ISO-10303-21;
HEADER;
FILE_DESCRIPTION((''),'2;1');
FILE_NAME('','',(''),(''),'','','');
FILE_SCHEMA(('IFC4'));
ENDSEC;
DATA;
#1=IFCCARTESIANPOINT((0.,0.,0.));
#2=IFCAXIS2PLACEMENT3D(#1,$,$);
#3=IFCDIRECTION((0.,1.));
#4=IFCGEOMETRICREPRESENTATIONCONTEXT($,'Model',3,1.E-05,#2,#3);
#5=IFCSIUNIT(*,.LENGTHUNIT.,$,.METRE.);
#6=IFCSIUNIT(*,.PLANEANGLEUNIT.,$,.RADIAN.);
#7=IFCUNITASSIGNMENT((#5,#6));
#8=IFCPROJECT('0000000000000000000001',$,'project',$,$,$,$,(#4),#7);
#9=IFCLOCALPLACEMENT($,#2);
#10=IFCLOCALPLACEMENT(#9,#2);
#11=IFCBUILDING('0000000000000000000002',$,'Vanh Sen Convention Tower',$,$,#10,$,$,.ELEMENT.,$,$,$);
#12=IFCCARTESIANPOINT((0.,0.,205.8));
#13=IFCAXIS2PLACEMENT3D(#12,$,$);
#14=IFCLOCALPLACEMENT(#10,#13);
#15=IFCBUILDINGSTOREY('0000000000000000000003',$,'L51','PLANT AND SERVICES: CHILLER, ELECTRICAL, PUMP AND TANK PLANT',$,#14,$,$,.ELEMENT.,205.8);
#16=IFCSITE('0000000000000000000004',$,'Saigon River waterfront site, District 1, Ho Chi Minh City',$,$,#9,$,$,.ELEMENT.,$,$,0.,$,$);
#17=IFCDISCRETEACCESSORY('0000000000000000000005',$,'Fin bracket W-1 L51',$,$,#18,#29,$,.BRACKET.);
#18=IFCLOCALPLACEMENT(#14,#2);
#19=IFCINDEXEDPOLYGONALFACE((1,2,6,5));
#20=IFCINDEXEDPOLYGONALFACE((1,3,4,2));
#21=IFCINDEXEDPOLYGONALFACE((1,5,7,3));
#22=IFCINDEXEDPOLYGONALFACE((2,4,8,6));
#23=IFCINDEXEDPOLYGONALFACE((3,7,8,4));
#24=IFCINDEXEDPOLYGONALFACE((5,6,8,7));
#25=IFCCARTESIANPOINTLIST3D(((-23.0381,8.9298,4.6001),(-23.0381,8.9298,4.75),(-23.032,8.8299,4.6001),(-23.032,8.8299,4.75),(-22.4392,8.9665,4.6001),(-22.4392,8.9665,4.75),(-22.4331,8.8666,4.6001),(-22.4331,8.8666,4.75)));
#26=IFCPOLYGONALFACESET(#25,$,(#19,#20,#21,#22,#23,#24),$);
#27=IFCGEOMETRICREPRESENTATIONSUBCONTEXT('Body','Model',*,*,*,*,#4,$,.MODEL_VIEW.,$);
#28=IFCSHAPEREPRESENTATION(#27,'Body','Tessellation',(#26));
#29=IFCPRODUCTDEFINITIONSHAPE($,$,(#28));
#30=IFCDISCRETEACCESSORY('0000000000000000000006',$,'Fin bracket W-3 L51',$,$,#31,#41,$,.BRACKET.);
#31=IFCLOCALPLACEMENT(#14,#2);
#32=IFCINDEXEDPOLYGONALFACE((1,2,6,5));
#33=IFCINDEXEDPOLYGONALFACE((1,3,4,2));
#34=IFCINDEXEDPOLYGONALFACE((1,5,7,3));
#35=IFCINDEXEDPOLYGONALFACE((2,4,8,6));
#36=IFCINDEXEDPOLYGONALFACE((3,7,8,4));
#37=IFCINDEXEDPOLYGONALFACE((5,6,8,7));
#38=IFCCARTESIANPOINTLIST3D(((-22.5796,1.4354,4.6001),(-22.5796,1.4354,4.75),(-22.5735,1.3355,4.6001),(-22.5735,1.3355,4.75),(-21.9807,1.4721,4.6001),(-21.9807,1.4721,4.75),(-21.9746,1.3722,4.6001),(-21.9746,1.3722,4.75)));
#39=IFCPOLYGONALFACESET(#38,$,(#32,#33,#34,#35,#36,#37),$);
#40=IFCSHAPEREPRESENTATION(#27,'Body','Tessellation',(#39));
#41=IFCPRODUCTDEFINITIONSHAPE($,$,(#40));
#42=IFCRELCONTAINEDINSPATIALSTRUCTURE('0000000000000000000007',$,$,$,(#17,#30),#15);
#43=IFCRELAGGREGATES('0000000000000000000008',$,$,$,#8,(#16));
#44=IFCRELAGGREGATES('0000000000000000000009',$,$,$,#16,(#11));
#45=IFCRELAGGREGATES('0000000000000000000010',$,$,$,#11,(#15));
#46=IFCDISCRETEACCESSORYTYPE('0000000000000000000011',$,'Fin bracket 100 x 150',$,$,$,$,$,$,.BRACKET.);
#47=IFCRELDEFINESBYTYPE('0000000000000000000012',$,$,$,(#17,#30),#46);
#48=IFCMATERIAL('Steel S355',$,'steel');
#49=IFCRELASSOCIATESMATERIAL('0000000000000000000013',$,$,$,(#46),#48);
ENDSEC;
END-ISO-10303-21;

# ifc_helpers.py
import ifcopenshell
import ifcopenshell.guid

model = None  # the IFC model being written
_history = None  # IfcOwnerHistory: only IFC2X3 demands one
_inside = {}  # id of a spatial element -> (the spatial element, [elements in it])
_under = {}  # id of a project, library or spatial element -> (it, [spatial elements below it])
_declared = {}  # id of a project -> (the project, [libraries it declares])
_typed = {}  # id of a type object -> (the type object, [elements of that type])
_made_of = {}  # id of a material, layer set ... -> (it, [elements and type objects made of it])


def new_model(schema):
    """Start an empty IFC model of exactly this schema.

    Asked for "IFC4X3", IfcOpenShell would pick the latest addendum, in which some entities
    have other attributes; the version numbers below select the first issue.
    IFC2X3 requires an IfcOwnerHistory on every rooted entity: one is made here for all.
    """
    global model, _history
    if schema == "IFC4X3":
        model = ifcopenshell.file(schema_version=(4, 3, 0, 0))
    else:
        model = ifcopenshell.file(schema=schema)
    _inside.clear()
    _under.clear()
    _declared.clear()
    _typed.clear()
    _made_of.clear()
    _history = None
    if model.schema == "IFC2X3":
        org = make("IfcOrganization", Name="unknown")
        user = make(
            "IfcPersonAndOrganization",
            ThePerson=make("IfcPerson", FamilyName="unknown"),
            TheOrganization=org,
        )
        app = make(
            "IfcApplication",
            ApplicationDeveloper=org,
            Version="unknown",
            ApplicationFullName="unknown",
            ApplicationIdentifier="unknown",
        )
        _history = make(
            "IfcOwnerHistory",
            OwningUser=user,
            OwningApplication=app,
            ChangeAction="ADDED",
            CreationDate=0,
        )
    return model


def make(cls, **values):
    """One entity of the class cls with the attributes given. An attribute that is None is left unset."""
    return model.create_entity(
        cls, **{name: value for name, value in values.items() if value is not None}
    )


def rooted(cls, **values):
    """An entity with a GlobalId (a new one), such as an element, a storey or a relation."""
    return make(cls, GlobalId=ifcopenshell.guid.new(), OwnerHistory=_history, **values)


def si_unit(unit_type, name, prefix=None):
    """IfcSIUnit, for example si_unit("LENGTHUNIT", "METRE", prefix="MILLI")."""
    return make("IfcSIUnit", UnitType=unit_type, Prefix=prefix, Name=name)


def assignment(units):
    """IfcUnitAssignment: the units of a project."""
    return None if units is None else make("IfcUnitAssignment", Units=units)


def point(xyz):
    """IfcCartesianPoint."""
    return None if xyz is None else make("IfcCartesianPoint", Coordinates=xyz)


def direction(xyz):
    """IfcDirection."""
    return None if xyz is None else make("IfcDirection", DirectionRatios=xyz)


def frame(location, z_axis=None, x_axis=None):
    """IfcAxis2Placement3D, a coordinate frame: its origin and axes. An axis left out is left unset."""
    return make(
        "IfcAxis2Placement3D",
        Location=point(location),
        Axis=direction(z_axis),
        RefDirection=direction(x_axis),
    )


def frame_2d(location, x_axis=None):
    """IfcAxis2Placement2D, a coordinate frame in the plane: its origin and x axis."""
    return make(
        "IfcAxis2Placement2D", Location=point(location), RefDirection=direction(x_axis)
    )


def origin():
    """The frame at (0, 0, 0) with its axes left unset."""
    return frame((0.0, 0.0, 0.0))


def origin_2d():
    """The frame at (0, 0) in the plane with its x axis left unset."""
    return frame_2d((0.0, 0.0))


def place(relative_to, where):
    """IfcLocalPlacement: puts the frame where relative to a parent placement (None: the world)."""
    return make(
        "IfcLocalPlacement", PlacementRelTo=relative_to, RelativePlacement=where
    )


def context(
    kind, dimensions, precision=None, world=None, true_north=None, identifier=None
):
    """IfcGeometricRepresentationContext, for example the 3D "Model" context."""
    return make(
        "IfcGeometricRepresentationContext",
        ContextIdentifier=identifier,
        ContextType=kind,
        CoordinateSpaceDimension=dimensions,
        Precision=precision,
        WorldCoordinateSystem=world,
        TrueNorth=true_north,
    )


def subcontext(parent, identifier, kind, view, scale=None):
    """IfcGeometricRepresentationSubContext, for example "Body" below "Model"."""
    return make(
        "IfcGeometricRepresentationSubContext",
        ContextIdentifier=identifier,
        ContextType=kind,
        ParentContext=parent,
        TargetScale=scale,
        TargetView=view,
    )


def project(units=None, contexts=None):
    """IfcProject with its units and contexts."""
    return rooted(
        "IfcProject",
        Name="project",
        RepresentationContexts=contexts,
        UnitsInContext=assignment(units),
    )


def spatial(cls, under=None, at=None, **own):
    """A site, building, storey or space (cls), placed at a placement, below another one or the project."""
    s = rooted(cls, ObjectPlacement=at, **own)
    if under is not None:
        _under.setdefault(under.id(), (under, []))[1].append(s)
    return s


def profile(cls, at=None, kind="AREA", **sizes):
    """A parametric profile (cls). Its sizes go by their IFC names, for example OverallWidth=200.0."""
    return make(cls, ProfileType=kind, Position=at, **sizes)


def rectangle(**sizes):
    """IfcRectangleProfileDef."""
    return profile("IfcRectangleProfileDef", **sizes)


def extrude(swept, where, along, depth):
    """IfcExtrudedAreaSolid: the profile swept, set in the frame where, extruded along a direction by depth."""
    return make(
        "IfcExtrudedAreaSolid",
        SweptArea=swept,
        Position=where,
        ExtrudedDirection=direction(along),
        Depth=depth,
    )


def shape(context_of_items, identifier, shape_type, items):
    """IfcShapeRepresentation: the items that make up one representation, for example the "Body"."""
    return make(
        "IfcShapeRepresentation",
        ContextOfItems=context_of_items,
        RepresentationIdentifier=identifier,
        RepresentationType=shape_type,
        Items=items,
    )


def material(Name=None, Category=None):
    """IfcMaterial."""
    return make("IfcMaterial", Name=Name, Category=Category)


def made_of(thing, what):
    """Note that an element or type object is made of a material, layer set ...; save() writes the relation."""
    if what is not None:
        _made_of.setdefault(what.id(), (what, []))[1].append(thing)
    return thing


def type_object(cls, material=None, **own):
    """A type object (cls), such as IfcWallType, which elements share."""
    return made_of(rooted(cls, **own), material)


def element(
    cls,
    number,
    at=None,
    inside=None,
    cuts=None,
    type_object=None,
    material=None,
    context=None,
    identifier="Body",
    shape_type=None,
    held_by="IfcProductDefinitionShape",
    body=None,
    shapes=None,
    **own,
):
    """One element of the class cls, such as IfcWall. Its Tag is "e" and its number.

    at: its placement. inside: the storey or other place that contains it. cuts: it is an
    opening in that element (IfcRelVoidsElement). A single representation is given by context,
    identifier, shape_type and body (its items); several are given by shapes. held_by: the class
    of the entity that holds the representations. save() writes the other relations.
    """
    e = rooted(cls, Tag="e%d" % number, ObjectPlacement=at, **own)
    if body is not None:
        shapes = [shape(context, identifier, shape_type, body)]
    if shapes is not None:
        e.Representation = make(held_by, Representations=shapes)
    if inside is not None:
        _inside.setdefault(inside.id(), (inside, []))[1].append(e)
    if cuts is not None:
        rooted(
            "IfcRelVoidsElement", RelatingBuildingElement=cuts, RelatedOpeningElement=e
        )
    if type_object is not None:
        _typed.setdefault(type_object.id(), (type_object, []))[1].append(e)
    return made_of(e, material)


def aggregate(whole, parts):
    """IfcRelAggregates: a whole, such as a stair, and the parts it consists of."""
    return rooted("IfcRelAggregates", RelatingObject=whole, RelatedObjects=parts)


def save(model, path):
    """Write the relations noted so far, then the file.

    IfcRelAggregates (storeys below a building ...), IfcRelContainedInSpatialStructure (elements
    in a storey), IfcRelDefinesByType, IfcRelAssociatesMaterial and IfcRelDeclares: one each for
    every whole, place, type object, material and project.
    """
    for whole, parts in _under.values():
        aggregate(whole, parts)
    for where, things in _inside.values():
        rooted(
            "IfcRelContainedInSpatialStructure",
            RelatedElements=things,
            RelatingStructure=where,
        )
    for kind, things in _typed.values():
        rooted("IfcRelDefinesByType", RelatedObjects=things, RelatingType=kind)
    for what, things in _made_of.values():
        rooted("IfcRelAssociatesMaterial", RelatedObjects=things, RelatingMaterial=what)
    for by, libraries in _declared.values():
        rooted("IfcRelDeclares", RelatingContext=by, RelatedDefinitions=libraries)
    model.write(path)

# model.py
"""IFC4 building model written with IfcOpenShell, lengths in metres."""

from ifc_helpers import new_model, si_unit, direction, frame, origin, origin_2d, place, context, subcontext, project, spatial, rectangle, extrude, material, type_object, element, save


model = new_model("IFC4")

# Units and contexts
model_context = context("Model", 3, precision=1e-05, world=origin(), true_north=direction((0.0, 1.0)))
body_context = subcontext(model_context, "Body", "Model", "MODEL_VIEW")
ifc_project = project(units=[si_unit("LENGTHUNIT", "METRE"), si_unit("PLANEANGLEUNIT", "RADIAN")], contexts=[model_context])

# Site, building, storey
site_placement = place(None, origin())
site = spatial("IfcSite", under=ifc_project, at=site_placement, Name="Saigon River waterfront site, District 1, Ho Chi Minh City", CompositionType="ELEMENT", RefElevation=0.0)
building_placement = place(site_placement, origin())
building = spatial("IfcBuilding", under=site, at=building_placement, Name="Vanh Sen Convention Tower", CompositionType="ELEMENT")
storey_placement = place(building_placement, frame((0.0, 0.0, 205.8)))
storey = spatial("IfcBuildingStorey", under=building, at=storey_placement, Name="L51", Description="PLANT AND SERVICES: CHILLER, ELECTRICAL, PUMP AND TANK PLANT", CompositionType="ELEMENT", Elevation=205.8)

# Discrete accessories
ifc_material_1 = material(Name="Steel S355", Category="steel")
discrete_accessory_type_1 = type_object("IfcDiscreteAccessoryType", Name="Fin bracket 100 x 150", PredefinedType="BRACKET", material=ifc_material_1)
for number, where, z_axis, x_axis, name in (
    (1, (-22.7356, 8.8982, 4.6001), (0.0, 0.0, 1.0), (-0.998135, -0.061049, 0.0), "Fin bracket W-1 L51"),
    (2, (-22.2771, 1.4038, 4.6001), (0.0, 0.0, 1.0), (-0.998135, -0.061049, 0.0), "Fin bracket W-3 L51"),
):
    element("IfcDiscreteAccessory", number, at=place(storey_placement, frame(where, z_axis=z_axis, x_axis=x_axis)), inside=storey, type_object=discrete_accessory_type_1, Name=name, PredefinedType="BRACKET", context=body_context, shape_type="SweptSolid", body=[
        extrude(rectangle(XDim=0.6001, YDim=0.1001, at=origin_2d()), origin(), (0.0, 0.0, 1.0), 0.1499),
    ])

save(model, "model.ifc")
